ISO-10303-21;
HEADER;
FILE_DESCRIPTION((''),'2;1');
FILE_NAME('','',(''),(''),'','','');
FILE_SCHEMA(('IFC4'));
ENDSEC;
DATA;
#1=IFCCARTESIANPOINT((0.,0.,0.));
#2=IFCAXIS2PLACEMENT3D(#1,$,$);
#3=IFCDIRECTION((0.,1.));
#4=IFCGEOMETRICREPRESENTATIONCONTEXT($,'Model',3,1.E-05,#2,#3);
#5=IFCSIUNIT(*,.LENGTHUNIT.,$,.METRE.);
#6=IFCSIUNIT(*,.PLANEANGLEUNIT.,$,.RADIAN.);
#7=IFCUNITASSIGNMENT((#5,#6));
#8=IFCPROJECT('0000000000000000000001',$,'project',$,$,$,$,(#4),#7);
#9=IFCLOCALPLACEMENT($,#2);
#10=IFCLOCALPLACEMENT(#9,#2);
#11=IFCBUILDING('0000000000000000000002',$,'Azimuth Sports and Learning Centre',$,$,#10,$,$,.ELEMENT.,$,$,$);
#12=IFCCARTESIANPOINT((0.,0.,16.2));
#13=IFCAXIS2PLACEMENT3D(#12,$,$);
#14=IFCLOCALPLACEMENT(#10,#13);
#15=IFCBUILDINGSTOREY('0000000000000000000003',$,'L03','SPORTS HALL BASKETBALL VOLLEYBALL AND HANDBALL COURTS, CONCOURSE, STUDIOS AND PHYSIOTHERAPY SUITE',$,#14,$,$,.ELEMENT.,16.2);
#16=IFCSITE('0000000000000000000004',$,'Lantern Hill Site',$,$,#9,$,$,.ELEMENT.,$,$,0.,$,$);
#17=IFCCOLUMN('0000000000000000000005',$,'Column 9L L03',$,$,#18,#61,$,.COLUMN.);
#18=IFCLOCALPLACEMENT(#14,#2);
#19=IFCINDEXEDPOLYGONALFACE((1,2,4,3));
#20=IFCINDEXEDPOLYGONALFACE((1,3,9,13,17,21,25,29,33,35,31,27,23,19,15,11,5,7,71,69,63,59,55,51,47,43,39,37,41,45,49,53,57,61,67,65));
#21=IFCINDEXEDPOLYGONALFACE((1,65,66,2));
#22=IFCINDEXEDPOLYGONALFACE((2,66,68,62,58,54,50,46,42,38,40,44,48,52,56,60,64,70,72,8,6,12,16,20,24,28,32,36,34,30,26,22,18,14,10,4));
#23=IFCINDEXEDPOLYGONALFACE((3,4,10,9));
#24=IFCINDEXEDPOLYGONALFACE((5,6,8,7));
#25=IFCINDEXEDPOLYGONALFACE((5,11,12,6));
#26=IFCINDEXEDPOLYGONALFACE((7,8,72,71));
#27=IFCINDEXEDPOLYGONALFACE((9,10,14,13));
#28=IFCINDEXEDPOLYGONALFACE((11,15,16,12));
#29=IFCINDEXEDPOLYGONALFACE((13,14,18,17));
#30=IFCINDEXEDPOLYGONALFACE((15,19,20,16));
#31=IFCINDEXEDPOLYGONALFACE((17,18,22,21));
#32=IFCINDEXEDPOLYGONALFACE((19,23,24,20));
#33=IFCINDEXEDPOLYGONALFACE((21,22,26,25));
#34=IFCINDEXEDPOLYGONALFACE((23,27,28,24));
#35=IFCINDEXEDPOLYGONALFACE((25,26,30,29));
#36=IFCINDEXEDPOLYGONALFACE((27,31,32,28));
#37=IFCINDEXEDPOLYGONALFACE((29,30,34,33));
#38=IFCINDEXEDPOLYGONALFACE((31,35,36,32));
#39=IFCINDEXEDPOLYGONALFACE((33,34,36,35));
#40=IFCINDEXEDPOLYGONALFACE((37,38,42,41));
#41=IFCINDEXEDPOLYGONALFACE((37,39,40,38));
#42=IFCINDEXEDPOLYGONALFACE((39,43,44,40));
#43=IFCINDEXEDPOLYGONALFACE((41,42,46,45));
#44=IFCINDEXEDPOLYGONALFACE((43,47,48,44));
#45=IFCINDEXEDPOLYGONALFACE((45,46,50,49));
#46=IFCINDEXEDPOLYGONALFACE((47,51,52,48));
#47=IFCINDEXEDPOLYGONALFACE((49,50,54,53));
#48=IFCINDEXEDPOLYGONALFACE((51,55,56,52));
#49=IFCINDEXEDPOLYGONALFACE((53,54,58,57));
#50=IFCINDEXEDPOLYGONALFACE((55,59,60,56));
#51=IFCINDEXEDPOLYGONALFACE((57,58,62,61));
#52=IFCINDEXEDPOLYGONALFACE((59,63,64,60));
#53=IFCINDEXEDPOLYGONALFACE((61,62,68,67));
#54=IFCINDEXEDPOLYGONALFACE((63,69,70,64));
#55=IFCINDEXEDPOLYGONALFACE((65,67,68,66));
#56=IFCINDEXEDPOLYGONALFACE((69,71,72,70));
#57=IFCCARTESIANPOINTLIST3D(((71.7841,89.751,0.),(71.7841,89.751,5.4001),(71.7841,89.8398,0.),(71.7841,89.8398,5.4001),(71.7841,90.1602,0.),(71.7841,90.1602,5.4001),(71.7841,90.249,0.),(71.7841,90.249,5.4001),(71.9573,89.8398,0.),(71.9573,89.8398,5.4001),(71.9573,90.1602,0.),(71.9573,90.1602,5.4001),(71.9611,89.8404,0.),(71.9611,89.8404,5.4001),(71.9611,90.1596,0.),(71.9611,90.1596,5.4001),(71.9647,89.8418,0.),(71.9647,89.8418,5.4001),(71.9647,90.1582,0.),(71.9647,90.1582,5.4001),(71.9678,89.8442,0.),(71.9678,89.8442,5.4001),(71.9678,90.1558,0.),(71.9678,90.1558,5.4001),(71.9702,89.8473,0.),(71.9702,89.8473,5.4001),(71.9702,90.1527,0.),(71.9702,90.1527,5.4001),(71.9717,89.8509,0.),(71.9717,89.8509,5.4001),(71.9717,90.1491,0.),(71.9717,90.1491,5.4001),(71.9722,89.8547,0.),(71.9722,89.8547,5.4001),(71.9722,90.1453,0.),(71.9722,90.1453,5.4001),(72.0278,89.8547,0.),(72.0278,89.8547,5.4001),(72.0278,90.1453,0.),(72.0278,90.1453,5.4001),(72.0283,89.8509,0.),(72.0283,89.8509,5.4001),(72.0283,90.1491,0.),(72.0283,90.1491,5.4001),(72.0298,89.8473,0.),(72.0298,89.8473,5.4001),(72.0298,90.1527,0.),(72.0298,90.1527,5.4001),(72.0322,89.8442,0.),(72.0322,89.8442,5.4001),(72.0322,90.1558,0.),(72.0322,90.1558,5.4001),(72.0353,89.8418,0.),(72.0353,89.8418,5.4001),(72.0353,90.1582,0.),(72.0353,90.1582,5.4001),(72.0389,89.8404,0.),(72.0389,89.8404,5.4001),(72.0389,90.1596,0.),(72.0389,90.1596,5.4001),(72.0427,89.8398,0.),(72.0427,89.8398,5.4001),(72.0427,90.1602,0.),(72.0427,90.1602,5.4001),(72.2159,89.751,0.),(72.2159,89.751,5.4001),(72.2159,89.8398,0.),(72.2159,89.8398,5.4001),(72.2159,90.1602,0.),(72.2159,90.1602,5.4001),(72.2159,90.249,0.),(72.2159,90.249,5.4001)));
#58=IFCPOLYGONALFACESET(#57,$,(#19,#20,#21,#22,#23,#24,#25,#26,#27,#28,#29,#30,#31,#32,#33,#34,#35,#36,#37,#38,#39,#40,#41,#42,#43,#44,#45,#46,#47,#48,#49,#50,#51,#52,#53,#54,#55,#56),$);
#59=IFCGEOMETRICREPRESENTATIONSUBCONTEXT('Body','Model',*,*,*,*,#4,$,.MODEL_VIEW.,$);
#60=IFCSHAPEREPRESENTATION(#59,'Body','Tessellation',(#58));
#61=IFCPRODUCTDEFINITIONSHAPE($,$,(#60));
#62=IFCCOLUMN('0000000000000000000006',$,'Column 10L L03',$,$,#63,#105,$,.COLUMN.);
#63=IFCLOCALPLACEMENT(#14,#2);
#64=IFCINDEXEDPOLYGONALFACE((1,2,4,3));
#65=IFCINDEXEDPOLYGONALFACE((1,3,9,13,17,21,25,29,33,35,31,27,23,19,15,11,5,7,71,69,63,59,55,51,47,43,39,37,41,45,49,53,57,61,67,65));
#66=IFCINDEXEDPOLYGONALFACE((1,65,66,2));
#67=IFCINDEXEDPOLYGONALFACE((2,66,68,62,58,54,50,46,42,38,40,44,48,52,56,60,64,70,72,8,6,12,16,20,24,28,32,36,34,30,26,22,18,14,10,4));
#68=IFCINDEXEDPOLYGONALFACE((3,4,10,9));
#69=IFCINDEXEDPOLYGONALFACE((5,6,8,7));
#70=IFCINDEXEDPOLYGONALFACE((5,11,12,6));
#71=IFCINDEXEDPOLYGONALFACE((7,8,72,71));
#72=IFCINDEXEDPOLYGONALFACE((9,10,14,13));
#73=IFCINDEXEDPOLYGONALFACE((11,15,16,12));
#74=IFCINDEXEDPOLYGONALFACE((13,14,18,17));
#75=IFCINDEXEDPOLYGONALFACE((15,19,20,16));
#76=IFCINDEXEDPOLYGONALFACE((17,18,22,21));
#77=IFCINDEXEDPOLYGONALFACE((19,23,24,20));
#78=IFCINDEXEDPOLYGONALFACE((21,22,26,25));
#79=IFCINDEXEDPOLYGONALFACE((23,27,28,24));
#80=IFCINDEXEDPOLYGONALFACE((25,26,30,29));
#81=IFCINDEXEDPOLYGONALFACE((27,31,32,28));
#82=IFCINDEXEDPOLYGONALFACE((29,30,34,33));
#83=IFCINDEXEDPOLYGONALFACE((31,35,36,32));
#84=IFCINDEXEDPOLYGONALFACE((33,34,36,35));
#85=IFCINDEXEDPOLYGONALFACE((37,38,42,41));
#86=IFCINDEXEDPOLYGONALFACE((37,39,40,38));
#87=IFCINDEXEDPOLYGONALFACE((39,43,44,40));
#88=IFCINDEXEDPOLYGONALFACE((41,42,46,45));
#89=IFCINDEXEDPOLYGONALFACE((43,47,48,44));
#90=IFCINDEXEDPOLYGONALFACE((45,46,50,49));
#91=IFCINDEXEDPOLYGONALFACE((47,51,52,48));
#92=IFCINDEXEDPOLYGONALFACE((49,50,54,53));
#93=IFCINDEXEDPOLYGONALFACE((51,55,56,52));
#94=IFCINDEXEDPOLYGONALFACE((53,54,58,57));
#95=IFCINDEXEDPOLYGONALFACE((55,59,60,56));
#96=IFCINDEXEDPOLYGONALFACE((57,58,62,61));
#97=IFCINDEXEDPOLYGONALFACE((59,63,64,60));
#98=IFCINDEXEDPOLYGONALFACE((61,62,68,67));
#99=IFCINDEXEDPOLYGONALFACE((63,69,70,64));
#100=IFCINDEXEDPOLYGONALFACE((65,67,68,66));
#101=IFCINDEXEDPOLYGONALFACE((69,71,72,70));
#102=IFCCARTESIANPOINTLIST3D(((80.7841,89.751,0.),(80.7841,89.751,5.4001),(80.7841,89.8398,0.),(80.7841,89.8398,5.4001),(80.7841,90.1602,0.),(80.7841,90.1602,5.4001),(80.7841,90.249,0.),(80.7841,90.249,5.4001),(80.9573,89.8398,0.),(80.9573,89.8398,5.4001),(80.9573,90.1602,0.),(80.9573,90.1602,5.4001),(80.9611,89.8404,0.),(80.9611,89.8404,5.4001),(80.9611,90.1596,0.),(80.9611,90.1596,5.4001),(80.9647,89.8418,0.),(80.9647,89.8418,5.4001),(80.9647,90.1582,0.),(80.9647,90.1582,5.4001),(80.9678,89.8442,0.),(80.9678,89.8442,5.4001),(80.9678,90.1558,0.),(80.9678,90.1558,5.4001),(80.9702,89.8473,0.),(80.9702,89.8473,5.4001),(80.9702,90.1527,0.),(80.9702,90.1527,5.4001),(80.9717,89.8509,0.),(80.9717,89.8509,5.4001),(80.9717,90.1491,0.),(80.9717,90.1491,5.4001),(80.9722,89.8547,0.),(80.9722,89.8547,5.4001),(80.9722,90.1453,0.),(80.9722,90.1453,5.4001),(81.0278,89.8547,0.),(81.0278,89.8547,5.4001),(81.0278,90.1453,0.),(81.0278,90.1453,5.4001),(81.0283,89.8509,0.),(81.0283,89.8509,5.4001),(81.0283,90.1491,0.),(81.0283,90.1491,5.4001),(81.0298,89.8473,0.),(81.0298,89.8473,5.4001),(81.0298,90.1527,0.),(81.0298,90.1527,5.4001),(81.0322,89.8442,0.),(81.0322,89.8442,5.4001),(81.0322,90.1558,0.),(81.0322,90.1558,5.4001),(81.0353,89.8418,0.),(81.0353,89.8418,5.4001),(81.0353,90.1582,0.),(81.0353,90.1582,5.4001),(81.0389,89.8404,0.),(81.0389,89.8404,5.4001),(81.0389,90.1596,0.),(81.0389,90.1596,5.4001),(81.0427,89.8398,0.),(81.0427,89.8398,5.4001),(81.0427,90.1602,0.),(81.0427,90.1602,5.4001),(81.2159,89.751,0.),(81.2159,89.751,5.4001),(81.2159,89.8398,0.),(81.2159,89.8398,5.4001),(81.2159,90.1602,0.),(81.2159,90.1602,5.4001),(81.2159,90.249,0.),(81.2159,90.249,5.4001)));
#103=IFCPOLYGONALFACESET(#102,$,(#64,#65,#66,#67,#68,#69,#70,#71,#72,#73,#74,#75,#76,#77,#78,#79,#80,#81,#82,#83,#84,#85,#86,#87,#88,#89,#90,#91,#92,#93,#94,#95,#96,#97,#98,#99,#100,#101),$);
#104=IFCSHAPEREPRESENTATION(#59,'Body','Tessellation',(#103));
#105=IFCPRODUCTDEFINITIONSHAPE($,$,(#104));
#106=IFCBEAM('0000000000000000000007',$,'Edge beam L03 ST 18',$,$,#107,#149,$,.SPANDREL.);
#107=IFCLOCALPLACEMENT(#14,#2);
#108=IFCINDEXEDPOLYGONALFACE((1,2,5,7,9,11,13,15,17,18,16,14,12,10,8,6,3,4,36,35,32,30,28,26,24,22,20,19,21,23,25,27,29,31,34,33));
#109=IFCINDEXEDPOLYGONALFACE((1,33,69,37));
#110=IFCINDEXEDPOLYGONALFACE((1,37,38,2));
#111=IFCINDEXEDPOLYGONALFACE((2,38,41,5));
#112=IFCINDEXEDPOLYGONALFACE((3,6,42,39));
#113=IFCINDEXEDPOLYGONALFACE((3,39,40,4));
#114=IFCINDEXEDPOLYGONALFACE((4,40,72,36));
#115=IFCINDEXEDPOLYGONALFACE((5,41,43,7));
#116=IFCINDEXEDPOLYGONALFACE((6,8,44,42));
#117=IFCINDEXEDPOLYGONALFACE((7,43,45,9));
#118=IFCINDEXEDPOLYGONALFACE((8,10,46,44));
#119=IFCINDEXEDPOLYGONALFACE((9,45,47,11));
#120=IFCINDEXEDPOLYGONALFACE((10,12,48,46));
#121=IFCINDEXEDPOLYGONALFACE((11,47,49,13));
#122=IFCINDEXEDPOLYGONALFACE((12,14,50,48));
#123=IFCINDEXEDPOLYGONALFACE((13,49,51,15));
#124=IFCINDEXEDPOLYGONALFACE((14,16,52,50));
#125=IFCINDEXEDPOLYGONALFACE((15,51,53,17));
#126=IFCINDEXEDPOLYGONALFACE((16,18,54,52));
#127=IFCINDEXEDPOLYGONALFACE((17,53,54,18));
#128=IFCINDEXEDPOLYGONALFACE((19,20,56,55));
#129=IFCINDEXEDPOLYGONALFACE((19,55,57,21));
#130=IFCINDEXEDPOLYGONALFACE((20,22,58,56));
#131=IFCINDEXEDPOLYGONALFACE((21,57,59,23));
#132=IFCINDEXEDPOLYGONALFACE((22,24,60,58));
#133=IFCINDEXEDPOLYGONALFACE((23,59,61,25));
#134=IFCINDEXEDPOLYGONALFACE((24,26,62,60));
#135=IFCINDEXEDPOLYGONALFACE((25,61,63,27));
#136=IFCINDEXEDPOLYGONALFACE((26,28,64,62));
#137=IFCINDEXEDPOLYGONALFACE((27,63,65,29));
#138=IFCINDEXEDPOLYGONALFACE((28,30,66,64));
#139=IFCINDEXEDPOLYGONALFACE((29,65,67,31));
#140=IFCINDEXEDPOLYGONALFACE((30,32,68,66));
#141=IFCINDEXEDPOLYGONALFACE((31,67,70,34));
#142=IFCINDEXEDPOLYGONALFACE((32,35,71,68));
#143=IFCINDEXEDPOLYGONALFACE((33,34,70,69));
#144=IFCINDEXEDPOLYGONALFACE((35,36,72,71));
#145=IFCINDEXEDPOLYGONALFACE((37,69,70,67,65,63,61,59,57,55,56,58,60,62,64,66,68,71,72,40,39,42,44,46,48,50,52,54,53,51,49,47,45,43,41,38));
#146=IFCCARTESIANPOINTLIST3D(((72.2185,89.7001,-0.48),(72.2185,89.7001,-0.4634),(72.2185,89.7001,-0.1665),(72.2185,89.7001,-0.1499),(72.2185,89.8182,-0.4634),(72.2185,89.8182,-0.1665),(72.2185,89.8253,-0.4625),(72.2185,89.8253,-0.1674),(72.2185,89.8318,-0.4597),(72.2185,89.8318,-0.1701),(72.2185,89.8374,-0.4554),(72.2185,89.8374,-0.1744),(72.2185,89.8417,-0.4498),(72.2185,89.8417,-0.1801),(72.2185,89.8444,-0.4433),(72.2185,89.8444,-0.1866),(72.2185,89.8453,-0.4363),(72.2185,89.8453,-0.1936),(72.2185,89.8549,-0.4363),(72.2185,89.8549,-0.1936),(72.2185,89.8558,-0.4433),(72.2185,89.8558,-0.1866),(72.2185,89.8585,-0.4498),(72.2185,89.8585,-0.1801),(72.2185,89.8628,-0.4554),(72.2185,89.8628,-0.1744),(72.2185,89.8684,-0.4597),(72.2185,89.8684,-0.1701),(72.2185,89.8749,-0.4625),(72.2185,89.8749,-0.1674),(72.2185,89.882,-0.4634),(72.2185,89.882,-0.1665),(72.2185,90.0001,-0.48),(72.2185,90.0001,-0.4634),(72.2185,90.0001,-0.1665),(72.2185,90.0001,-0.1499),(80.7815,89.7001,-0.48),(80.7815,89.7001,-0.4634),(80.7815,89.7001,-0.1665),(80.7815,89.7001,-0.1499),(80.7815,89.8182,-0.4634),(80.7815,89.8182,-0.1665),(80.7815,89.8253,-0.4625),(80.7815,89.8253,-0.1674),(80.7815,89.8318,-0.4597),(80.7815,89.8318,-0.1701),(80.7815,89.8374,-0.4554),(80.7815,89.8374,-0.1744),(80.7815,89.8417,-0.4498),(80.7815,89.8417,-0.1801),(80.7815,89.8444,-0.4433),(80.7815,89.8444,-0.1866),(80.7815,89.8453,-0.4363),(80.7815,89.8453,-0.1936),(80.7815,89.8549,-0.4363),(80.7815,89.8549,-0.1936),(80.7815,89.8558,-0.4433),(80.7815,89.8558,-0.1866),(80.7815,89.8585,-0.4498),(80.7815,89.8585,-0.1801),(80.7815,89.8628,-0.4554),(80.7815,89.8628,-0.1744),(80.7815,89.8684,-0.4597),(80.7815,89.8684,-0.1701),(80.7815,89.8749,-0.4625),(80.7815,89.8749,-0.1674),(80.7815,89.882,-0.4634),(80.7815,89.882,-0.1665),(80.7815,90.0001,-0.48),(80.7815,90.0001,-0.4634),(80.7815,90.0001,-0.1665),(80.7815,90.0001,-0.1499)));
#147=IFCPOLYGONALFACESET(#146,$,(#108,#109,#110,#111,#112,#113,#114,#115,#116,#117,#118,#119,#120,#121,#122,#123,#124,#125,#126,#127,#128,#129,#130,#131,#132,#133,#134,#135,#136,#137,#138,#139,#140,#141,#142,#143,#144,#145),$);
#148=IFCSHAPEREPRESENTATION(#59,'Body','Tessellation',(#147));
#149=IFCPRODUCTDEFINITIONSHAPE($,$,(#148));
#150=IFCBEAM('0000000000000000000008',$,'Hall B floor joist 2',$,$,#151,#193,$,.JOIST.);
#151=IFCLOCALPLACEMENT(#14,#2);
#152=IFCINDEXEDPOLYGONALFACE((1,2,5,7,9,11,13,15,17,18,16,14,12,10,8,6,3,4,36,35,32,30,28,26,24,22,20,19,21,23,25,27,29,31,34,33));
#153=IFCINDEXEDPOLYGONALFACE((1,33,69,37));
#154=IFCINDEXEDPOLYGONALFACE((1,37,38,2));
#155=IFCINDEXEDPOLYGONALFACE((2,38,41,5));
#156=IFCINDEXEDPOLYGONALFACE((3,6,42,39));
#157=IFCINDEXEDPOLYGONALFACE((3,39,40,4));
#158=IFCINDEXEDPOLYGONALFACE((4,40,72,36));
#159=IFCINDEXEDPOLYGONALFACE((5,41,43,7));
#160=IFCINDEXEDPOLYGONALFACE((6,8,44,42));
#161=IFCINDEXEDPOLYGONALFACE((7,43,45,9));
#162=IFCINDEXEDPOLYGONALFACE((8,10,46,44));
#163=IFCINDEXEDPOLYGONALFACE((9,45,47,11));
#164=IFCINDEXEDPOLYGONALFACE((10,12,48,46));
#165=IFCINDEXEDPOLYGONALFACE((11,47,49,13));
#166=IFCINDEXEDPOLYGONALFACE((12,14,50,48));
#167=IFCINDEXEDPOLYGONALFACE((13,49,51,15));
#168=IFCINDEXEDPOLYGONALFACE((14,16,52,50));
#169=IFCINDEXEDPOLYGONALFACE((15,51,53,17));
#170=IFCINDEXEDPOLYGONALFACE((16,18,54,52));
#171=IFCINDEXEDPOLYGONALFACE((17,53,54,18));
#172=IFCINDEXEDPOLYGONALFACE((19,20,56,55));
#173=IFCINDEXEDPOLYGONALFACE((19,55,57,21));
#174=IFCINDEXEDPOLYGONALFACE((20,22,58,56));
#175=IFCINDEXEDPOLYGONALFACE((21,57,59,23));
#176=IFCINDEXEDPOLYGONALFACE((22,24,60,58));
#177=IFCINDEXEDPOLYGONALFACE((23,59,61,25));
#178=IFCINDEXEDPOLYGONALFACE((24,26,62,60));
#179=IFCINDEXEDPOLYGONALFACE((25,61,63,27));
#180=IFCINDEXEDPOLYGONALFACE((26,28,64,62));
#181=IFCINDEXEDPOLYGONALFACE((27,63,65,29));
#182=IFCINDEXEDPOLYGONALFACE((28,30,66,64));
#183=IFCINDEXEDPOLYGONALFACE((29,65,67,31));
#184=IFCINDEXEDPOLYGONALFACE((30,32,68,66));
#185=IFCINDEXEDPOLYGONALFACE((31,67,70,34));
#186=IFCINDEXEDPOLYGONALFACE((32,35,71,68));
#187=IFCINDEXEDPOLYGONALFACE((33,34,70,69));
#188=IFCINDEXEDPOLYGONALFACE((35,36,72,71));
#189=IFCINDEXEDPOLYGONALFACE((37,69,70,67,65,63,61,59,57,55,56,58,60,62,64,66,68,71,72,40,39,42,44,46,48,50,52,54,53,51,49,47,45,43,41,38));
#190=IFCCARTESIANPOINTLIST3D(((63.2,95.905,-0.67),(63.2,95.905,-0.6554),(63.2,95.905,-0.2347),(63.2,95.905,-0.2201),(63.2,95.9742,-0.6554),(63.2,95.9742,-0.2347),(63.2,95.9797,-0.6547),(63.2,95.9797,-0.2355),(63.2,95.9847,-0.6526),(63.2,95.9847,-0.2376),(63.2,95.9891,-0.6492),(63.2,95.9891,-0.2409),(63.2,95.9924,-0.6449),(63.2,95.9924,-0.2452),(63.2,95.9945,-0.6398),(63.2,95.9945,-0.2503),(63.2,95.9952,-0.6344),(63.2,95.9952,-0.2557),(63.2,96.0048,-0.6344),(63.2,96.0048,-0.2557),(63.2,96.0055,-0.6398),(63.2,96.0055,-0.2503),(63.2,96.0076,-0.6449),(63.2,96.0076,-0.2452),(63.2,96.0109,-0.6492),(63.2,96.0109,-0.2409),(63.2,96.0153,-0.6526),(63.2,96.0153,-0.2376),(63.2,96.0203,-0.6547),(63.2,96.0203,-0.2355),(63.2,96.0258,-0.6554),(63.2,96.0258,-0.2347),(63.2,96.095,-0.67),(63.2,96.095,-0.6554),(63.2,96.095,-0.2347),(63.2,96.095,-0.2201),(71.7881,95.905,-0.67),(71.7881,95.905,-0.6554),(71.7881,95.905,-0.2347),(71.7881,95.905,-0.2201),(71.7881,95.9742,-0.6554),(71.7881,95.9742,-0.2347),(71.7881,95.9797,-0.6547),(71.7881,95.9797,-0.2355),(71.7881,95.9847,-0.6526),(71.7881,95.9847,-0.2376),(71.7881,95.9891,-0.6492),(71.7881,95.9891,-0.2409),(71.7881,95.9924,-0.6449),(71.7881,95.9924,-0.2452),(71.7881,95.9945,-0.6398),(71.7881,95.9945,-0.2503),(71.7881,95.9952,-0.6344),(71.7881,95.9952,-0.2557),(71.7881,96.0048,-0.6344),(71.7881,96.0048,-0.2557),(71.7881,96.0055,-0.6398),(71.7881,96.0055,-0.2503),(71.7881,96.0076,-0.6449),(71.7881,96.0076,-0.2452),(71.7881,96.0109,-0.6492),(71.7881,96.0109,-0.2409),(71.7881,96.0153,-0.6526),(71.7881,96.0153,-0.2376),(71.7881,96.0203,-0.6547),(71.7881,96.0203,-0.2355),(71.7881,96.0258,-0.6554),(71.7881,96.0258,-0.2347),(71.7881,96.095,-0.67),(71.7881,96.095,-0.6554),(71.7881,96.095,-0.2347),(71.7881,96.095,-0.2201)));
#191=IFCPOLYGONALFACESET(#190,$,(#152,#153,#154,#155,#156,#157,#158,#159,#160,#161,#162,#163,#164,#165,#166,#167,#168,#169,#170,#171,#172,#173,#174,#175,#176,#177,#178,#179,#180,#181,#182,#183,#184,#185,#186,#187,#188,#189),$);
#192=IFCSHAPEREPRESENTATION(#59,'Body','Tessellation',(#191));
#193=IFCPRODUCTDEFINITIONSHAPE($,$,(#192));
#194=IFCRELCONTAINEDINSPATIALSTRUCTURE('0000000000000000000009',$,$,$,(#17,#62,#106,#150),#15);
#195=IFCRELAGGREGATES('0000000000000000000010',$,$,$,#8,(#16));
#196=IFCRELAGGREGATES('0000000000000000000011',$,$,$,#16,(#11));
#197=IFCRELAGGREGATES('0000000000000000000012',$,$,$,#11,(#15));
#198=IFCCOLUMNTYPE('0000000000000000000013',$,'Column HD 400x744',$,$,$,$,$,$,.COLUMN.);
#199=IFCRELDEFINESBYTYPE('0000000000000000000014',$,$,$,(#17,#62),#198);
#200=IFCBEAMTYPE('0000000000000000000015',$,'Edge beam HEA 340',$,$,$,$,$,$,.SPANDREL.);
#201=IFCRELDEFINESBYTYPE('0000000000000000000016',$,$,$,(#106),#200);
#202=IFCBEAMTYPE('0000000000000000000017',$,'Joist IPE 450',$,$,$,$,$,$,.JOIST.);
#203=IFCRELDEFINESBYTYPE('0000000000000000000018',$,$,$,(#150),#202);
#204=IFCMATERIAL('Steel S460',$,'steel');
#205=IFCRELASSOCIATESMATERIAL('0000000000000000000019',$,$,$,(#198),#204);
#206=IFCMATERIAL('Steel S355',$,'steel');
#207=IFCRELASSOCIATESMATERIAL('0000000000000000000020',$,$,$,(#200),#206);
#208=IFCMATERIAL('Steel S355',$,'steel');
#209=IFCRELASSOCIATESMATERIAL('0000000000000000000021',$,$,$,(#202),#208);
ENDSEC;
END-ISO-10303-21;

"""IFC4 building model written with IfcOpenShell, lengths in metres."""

from ifc_helpers import new_model, si_unit, direction, frame, origin, origin_2d, place, context, subcontext, project, spatial, i_section, extrude, material, material_profile, profile_set, type_object, element, save


model = new_model("IFC4")

# Units and contexts
model_context = context("Model", 3, precision=1e-05, world=origin(), true_north=direction((0.0, 1.0)))
body_context = subcontext(model_context, "Body", "Model", "MODEL_VIEW")
ifc_project = project(units=[si_unit("LENGTHUNIT", "METRE"), si_unit("PLANEANGLEUNIT", "RADIAN")], contexts=[model_context])

# Site, building, storey
site_placement = place(None, origin())
site = spatial("IfcSite", under=ifc_project, at=site_placement, Name="Lantern Hill Site", CompositionType="ELEMENT", RefElevation=0.0)
building_placement = place(site_placement, origin())
building = spatial("IfcBuilding", under=site, at=building_placement, Name="Azimuth Sports and Learning Centre", CompositionType="ELEMENT")
storey_placement = place(building_placement, frame((0.0, 0.0, 16.2)))
storey = spatial("IfcBuildingStorey", under=building, at=storey_placement, Name="L03", Description="SPORTS HALL BASKETBALL VOLLEYBALL AND HANDBALL COURTS, CONCOURSE, STUDIOS AND PHYSIOTHERAPY SUITE", CompositionType="ELEMENT", Elevation=16.2)

# Columns
ifc_material_1 = material(Name="Steel S460", Category="steel")
ifc_material_profile_1 = material_profile(ifc_material_1, i_section(OverallWidth=0.4319, OverallDepth=0.498, WebThickness=0.0557, FlangeThickness=0.0889, FilletRadius=0.0149, at=origin_2d()), Name="HD 400x744")
ifc_profile_set_1 = profile_set([ifc_material_profile_1], Name="Steel S460")
column_type = type_object("IfcColumnType", Name="Column HD 400x744", PredefinedType="COLUMN", material=ifc_profile_set_1)
for number, where, z_axis, x_axis, name in (
    (1, (72.0, 90.0, 0.0), (0.0, 0.0, 1.0), (1.0, 0.0, 0.0), "Column 9L L03"),
    (2, (81.0, 90.0, 0.0), (0.0, 0.0, 1.0), (1.0, 0.0, 0.0), "Column 10L L03"),
):
    element("IfcColumn", number, at=place(storey_placement, frame(where, z_axis=z_axis, x_axis=x_axis)), inside=storey, type_object=column_type, Name=name, PredefinedType="COLUMN", context=body_context, shape_type="SweptSolid", body=[
        extrude(i_section(OverallWidth=0.4319, OverallDepth=0.498, WebThickness=0.0557, FlangeThickness=0.0889, FilletRadius=0.0149, at=origin_2d()), origin(), (0.0, 0.0, 1.0), 5.4001),
    ])

# Beams
ifc_material_2 = material(Name="Steel S355", Category="steel")
ifc_material_profile_2 = material_profile(ifc_material_2, i_section(OverallWidth=0.3, OverallDepth=0.3301, WebThickness=0.0095, FlangeThickness=0.0166, FilletRadius=0.0271, at=origin_2d()), Name="HEA 340")
ifc_profile_set_2 = profile_set([ifc_material_profile_2], Name="Steel S355")
beam_type_1 = type_object("IfcBeamType", Name="Edge beam HEA 340", PredefinedType="SPANDREL", material=ifc_profile_set_2)
beam_1_placement = place(storey_placement, frame((72.2185, 89.8501, -0.3149), z_axis=(1.0, 0.0, 0.0), x_axis=(0.0, 1.0, 0.0)))
element("IfcBeam", 3, at=beam_1_placement, inside=storey, type_object=beam_type_1, Name="Edge beam L03 ST 18", PredefinedType="SPANDREL", context=body_context, shape_type="SweptSolid", body=[
    extrude(i_section(OverallWidth=0.3, OverallDepth=0.3301, WebThickness=0.0095, FlangeThickness=0.0166, FilletRadius=0.0271, at=origin_2d()), origin(), (0.0, 0.0, 1.0), 8.563),
])
ifc_material_3 = material(Name="Steel S355", Category="steel")
ifc_material_profile_3 = material_profile(ifc_material_3, i_section(OverallWidth=0.1899, OverallDepth=0.45, WebThickness=0.0095, FlangeThickness=0.0146, FilletRadius=0.021, at=origin_2d()), Name="IPE 450")
ifc_profile_set_3 = profile_set([ifc_material_profile_3], Name="Steel S355")
beam_type_2 = type_object("IfcBeamType", Name="Joist IPE 450", PredefinedType="JOIST", material=ifc_profile_set_3)
beam_2_placement = place(storey_placement, frame((63.2, 96.0, -0.4451), z_axis=(1.0, 0.0, 0.0), x_axis=(0.0, 1.0, 0.0)))
element("IfcBeam", 4, at=beam_2_placement, inside=storey, type_object=beam_type_2, Name="Hall B floor joist 2", PredefinedType="JOIST", context=body_context, shape_type="SweptSolid", body=[
    extrude(i_section(OverallWidth=0.1899, OverallDepth=0.45, WebThickness=0.0095, FlangeThickness=0.0146, FilletRadius=0.021, at=origin_2d()), origin(), (0.0, 0.0, 1.0), 8.5881),
])

save(model, "model.ifc")
